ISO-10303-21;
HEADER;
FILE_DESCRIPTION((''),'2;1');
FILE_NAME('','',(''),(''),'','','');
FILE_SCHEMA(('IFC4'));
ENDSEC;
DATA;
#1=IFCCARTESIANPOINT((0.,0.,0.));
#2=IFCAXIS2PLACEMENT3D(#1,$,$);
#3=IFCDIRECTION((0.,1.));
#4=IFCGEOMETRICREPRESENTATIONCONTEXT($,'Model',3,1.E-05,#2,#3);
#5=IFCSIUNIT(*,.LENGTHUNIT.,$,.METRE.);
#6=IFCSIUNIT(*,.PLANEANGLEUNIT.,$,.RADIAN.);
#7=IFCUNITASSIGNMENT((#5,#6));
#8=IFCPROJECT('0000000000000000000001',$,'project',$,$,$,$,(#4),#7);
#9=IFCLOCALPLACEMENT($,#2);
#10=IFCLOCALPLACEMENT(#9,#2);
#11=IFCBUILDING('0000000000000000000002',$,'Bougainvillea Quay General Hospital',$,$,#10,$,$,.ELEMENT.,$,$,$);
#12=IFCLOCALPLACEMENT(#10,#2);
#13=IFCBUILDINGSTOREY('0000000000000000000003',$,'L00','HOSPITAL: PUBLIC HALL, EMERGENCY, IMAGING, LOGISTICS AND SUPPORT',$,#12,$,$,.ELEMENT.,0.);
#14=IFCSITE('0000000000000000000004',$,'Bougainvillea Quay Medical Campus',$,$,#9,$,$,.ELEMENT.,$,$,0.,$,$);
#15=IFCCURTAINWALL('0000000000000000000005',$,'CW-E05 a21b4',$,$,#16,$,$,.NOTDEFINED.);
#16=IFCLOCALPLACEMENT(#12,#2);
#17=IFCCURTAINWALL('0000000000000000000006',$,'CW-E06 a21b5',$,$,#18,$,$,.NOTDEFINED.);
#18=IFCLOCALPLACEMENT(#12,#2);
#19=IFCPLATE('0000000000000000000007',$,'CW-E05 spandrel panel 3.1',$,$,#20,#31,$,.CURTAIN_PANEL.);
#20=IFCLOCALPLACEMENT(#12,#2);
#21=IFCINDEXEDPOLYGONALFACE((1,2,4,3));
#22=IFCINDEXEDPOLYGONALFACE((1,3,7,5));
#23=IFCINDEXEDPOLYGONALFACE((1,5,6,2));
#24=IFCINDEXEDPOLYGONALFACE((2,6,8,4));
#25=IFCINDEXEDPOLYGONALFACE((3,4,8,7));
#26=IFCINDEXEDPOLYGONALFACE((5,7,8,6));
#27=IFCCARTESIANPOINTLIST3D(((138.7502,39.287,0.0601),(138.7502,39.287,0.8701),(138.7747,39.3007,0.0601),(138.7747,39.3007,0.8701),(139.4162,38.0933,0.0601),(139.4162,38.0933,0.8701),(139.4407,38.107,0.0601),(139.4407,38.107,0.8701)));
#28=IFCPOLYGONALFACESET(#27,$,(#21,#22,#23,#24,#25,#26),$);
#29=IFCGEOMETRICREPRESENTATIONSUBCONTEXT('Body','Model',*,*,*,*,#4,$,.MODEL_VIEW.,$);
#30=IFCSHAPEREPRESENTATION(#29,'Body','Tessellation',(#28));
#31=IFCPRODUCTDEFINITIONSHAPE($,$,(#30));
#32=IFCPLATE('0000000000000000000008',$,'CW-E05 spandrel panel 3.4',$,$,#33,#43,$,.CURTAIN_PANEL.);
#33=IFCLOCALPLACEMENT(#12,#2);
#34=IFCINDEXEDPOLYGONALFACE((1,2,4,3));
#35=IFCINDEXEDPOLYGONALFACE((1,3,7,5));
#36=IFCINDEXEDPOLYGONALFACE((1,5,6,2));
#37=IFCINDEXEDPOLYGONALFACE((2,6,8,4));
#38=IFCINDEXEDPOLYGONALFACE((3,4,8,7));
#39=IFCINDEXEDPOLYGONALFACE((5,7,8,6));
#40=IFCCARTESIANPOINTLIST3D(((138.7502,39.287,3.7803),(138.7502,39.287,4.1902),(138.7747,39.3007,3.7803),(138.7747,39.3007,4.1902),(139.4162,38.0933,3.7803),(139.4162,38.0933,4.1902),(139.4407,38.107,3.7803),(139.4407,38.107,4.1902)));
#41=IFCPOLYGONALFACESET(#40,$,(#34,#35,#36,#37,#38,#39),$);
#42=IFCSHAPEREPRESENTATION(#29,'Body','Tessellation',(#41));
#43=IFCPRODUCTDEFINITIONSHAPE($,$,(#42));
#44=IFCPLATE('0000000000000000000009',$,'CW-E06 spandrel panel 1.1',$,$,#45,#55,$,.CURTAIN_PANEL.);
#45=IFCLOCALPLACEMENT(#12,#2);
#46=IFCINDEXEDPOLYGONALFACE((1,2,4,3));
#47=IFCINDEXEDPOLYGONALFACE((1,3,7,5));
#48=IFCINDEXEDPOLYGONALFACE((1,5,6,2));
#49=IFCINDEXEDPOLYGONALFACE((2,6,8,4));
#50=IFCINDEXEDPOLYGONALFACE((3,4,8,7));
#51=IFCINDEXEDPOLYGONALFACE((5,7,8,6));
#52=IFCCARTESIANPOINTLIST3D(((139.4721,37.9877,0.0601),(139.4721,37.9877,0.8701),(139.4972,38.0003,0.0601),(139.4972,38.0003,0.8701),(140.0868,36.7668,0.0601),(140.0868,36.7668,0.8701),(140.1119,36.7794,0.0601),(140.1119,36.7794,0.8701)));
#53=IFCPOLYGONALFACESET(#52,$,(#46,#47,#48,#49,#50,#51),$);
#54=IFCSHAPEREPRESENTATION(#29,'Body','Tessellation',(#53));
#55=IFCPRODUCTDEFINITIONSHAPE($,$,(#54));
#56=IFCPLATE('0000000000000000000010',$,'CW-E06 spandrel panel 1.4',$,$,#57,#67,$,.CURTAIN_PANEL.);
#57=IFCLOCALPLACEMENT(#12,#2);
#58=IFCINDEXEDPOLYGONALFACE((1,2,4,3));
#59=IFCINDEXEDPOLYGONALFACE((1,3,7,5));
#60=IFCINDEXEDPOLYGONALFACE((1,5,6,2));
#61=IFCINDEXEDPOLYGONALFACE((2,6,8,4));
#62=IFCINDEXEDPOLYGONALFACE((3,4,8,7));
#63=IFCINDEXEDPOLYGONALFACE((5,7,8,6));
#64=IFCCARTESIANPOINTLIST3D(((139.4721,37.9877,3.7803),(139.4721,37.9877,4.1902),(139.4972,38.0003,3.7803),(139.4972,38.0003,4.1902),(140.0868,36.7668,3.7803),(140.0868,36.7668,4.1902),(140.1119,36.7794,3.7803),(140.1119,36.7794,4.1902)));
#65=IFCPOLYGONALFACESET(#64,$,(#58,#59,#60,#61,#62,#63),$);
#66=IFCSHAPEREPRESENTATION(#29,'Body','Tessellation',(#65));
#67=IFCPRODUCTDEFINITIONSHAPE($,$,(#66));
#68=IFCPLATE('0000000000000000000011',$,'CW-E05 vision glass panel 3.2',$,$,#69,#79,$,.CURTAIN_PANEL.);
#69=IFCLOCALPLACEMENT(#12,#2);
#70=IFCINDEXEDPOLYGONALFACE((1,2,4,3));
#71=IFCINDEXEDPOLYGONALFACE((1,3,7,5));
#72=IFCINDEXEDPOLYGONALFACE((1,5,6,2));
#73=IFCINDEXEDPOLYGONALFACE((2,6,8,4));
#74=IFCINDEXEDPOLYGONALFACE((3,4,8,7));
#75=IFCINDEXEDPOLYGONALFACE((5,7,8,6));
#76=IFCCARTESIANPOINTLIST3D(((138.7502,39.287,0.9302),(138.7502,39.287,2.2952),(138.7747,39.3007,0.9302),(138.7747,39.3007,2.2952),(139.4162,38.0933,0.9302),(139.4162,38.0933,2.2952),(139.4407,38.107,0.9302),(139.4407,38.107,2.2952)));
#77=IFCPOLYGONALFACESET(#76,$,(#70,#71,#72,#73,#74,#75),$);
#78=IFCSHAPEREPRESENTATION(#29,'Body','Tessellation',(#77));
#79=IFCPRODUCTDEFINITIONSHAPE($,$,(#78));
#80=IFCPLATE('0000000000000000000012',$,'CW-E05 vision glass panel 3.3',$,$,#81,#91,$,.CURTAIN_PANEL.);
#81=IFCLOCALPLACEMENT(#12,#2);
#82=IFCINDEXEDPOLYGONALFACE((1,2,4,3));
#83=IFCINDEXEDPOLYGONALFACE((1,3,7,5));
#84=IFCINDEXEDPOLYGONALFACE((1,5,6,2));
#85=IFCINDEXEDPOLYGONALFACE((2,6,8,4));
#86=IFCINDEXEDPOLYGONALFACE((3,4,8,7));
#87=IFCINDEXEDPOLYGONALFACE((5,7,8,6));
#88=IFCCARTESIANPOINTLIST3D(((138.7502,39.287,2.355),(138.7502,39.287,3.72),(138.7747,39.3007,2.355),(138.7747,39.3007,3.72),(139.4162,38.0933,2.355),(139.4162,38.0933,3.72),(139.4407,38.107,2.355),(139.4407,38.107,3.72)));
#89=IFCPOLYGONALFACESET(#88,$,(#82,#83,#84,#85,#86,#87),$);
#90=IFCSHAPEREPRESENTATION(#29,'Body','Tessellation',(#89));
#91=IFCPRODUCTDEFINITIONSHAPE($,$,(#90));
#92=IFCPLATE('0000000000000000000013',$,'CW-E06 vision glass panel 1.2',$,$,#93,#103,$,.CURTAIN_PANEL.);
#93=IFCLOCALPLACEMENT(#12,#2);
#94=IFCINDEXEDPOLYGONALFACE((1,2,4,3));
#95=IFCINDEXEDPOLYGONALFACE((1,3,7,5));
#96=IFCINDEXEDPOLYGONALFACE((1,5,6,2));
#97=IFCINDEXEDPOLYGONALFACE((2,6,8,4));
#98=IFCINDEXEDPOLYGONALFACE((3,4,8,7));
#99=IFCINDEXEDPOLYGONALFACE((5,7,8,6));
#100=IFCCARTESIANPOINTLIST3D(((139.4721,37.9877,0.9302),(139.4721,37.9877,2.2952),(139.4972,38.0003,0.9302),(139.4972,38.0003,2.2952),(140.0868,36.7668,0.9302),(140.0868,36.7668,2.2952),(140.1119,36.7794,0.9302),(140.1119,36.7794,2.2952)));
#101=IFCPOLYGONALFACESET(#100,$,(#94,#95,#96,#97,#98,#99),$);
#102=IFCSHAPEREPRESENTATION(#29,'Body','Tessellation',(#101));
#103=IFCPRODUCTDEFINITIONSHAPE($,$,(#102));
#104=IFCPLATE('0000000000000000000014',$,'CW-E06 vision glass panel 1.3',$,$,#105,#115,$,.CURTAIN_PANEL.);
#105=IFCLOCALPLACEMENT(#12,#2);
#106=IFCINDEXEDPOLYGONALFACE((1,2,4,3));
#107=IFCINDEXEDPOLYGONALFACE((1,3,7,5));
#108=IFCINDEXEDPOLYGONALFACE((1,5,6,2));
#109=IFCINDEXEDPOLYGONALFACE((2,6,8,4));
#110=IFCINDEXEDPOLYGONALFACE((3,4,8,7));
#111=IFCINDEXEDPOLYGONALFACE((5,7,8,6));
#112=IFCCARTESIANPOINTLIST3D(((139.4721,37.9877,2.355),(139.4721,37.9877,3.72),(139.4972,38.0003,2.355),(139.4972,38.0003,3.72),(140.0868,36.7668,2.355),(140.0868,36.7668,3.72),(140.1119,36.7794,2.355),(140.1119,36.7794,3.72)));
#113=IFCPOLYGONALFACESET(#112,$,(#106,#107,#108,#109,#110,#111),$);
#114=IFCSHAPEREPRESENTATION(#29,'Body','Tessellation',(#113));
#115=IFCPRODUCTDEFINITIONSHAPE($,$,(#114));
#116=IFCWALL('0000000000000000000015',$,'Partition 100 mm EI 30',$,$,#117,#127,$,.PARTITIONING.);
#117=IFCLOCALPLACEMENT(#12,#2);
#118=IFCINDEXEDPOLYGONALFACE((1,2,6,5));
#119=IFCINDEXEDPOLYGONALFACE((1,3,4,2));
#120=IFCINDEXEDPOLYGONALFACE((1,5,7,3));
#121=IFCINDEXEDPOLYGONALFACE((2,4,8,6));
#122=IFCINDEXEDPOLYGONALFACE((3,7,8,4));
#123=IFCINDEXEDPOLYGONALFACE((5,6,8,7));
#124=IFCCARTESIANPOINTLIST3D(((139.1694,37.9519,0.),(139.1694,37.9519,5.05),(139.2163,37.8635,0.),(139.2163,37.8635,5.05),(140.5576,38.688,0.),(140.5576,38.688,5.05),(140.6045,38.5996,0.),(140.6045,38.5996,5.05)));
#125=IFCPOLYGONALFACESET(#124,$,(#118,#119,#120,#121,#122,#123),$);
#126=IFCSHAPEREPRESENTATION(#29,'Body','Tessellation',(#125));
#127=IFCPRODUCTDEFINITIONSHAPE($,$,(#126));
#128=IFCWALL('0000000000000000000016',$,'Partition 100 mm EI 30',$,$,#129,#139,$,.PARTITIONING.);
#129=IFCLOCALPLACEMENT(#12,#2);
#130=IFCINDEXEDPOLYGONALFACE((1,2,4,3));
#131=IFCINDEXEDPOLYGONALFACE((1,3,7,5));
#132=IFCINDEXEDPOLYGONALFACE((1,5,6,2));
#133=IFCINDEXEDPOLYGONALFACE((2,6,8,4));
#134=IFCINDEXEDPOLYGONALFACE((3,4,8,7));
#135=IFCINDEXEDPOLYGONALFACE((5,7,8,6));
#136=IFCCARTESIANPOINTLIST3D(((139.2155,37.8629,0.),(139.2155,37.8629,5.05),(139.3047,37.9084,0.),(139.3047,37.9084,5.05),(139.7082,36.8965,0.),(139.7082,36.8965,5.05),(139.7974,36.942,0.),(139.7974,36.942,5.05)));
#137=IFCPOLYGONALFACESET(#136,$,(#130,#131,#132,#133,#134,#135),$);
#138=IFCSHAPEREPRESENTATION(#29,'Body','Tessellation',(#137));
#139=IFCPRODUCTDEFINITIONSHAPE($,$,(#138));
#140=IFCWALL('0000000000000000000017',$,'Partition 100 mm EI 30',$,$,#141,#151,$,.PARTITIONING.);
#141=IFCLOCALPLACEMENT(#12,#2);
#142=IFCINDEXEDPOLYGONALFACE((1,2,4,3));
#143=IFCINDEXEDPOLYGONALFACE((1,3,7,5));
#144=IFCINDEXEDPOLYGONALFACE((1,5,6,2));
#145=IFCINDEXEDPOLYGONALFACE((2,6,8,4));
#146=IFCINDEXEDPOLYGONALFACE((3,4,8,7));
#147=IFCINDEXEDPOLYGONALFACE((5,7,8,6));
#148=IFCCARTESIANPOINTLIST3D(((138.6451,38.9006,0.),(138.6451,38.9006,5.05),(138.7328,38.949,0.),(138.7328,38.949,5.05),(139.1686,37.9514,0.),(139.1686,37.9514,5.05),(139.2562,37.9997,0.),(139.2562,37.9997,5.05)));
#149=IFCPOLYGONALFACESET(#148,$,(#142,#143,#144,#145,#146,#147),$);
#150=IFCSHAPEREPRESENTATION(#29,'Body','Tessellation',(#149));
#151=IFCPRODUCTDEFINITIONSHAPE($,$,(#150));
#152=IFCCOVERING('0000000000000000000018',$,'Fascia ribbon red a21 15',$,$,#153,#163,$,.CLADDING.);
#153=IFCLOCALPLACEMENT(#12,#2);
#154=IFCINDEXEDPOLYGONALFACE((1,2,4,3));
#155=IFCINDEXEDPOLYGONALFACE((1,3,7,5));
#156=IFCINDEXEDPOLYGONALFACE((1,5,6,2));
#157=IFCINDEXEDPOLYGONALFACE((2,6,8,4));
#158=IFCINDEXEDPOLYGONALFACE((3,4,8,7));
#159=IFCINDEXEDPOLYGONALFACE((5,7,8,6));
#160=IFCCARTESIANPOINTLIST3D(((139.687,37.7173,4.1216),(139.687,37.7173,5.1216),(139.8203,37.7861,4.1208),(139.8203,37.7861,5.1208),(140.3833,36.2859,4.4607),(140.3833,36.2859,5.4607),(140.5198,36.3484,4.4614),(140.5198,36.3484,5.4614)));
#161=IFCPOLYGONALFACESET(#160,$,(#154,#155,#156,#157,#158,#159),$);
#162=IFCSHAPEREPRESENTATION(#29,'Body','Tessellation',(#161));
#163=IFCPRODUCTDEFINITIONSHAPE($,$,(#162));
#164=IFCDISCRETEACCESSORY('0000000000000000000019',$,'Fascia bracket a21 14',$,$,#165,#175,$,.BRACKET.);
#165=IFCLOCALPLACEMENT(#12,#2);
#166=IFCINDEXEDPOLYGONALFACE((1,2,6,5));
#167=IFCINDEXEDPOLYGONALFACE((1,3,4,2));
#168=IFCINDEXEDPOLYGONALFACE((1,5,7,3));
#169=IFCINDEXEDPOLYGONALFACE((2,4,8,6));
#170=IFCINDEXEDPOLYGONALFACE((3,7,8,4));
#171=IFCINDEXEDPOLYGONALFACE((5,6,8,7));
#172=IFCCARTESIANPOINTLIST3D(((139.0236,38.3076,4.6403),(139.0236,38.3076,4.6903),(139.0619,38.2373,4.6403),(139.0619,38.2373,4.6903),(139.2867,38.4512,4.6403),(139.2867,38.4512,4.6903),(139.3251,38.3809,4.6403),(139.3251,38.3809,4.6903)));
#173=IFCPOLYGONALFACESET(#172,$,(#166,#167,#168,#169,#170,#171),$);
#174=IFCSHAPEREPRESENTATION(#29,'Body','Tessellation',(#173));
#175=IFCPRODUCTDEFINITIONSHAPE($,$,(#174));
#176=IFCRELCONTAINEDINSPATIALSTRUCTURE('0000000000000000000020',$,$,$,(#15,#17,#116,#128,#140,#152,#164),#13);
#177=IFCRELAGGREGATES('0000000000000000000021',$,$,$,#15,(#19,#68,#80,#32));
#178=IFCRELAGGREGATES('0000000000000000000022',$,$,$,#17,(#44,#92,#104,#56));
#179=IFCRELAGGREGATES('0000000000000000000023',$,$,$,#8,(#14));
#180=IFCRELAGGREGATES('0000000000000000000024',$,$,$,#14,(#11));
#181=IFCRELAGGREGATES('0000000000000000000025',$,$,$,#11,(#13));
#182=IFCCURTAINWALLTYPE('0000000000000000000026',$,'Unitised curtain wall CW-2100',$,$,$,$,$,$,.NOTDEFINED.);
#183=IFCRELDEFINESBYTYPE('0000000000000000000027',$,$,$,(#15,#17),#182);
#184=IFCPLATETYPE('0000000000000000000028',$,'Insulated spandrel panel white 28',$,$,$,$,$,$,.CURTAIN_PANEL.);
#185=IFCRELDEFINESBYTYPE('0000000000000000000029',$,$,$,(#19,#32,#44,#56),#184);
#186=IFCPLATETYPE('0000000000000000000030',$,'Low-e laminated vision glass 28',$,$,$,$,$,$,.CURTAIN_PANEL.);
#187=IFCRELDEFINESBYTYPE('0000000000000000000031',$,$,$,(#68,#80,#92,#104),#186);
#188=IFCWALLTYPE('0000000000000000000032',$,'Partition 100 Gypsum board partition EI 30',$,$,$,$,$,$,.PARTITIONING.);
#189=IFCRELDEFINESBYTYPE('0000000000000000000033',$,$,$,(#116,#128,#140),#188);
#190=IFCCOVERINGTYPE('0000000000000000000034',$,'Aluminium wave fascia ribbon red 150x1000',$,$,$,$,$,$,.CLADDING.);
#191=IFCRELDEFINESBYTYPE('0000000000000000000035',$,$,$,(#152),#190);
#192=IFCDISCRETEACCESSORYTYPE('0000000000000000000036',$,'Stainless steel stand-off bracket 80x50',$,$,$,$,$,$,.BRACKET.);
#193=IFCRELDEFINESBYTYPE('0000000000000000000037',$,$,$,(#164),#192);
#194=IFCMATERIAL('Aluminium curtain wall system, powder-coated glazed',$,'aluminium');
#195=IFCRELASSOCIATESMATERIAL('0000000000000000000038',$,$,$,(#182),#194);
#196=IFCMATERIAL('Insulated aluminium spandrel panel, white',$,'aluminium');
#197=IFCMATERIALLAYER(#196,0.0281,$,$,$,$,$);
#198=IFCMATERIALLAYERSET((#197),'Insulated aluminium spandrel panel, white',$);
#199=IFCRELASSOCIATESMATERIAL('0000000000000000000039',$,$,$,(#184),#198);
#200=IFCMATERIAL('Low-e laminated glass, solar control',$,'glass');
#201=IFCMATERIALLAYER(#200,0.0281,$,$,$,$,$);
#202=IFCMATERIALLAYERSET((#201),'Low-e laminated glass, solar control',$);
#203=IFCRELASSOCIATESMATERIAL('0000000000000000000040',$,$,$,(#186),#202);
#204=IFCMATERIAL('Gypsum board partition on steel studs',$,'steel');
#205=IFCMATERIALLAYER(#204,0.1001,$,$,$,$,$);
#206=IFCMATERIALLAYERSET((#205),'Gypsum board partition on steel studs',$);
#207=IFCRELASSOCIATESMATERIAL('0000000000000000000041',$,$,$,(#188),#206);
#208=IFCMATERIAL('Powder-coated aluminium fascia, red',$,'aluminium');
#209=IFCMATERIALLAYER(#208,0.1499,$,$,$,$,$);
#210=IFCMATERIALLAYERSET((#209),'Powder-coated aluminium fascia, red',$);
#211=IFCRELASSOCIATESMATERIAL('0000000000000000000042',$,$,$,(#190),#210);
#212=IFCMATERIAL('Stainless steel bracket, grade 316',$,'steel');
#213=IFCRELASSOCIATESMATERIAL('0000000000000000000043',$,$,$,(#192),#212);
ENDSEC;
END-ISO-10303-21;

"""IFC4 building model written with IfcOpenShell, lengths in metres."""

from ifc_helpers import new_model, si_unit, direction, frame, frame_2d, origin, origin_2d, place, context, subcontext, project, spatial, polyline, rectangle, outline, extrude, material, layer, layer_set, material_profile, profile_set, type_object, element, aggregate, save


model = new_model("IFC4")

# Units and contexts
model_context = context("Model", 3, precision=1e-05, world=origin(), true_north=direction((0.0, 1.0)))
body_context = subcontext(model_context, "Body", "Model", "MODEL_VIEW")
ifc_project = project(units=[si_unit("LENGTHUNIT", "METRE"), si_unit("PLANEANGLEUNIT", "RADIAN")], contexts=[model_context])

# Site, building, storey
site_placement = place(None, origin())
site = spatial("IfcSite", under=ifc_project, at=site_placement, Name="Bougainvillea Quay Medical Campus", CompositionType="ELEMENT", RefElevation=0.0)
building_placement = place(site_placement, origin())
building = spatial("IfcBuilding", under=site, at=building_placement, Name="Bougainvillea Quay General Hospital", CompositionType="ELEMENT")
storey_placement = place(building_placement, origin())
storey = spatial("IfcBuildingStorey", under=building, at=storey_placement, Name="L00", Description="HOSPITAL: PUBLIC HALL, EMERGENCY, IMAGING, LOGISTICS AND SUPPORT", CompositionType="ELEMENT", Elevation=0.0)

# Curtain wall
ifc_material_1 = material(Name="Aluminium curtain wall system, powder-coated glazed", Category="aluminium")
curtain_wall_type = type_object("IfcCurtainWallType", Name="Unitised curtain wall CW-2100", PredefinedType="NOTDEFINED", material=ifc_material_1)
curtain_wall_1_placement = place(storey_placement, origin())
curtain_wall_1 = element("IfcCurtainWall", 1, at=curtain_wall_1_placement, inside=storey, type_object=curtain_wall_type, Name="CW-E05 a21b4", PredefinedType="NOTDEFINED")

# Curtain wall
curtain_wall_2_placement = place(storey_placement, origin())
curtain_wall_2 = element("IfcCurtainWall", 2, at=curtain_wall_2_placement, inside=storey, type_object=curtain_wall_type, Name="CW-E06 a21b5", PredefinedType="NOTDEFINED")

# Plates
ifc_material_2 = material(Name="Insulated aluminium spandrel panel, white", Category="aluminium")
ifc_layer_1 = layer(ifc_material_2, 0.0281)
ifc_layer_set_1 = layer_set([ifc_layer_1], Name="Insulated aluminium spandrel panel, white")
plate_type_1 = type_object("IfcPlateType", Name="Insulated spandrel panel white 28", PredefinedType="CURTAIN_PANEL", material=ifc_layer_set_1)
plate_1_placement = place(storey_placement, frame((139.0955, 38.697, 0.0601), z_axis=(0.0, 0.0, 1.0), x_axis=(0.48723, -0.873274, 0.0)))
plate_1 = element("IfcPlate", 3, at=plate_1_placement, type_object=plate_type_1, Name="CW-E05 spandrel panel 3.1", PredefinedType="CURTAIN_PANEL", context=body_context, shape_type="SweptSolid", body=[
    extrude(rectangle(XDim=1.3669, YDim=0.0281, at=origin_2d()), origin(), (0.0, 0.0, 1.0), 0.8101),
])
plate_2_placement = place(storey_placement, frame((139.0955, 38.697, 3.7803), z_axis=(0.0, 0.0, 1.0), x_axis=(0.48723, -0.873274, 0.0)))
plate_2 = element("IfcPlate", 4, at=plate_2_placement, type_object=plate_type_1, Name="CW-E05 spandrel panel 3.4", PredefinedType="CURTAIN_PANEL", context=body_context, shape_type="SweptSolid", body=[
    extrude(rectangle(XDim=1.3669, YDim=0.0281, at=origin_2d()), origin(), (0.0, 0.0, 1.0), 0.4099),
])
plate_3_placement = place(storey_placement, frame((139.792, 37.3835, 0.0601), z_axis=(0.0, 0.0, 1.0), x_axis=(0.449652, -0.893204, 0.0)))
plate_3 = element("IfcPlate", 5, at=plate_3_placement, type_object=plate_type_1, Name="CW-E06 spandrel panel 1.1", PredefinedType="CURTAIN_PANEL", context=body_context, shape_type="SweptSolid", body=[
    extrude(rectangle(XDim=1.3669, YDim=0.0281, at=origin_2d()), origin(), (0.0, 0.0, 1.0), 0.8101),
])
plate_4_placement = place(storey_placement, frame((139.792, 37.3835, 3.7803), z_axis=(0.0, 0.0, 1.0), x_axis=(0.449652, -0.893204, 0.0)))
plate_4 = element("IfcPlate", 6, at=plate_4_placement, type_object=plate_type_1, Name="CW-E06 spandrel panel 1.4", PredefinedType="CURTAIN_PANEL", context=body_context, shape_type="SweptSolid", body=[
    extrude(rectangle(XDim=1.3669, YDim=0.0281, at=origin_2d()), origin(), (0.0, 0.0, 1.0), 0.4099),
])
ifc_material_3 = material(Name="Low-e laminated glass, solar control", Category="glass")
ifc_layer_2 = layer(ifc_material_3, 0.0281)
ifc_layer_set_2 = layer_set([ifc_layer_2], Name="Low-e laminated glass, solar control")
plate_type_2 = type_object("IfcPlateType", Name="Low-e laminated vision glass 28", PredefinedType="CURTAIN_PANEL", material=ifc_layer_set_2)
plate_5_placement = place(storey_placement, frame((139.0955, 38.697, 0.9302), z_axis=(0.0, 0.0, 1.0), x_axis=(0.48723, -0.873274, 0.0)))
plate_5 = element("IfcPlate", 7, at=plate_5_placement, type_object=plate_type_2, Name="CW-E05 vision glass panel 3.2", PredefinedType="CURTAIN_PANEL", context=body_context, shape_type="SweptSolid", body=[
    extrude(rectangle(XDim=1.3669, YDim=0.0281, at=origin_2d()), origin(), (0.0, 0.0, 1.0), 1.365),
])
plate_6_placement = place(storey_placement, frame((139.0955, 38.697, 2.355), z_axis=(0.0, 0.0, 1.0), x_axis=(0.48723, -0.873274, 0.0)))
plate_6 = element("IfcPlate", 8, at=plate_6_placement, type_object=plate_type_2, Name="CW-E05 vision glass panel 3.3", PredefinedType="CURTAIN_PANEL", context=body_context, shape_type="SweptSolid", body=[
    extrude(rectangle(XDim=1.3669, YDim=0.0281, at=origin_2d()), origin(), (0.0, 0.0, 1.0), 1.365),
])
aggregate(curtain_wall_1, [plate_1, plate_5, plate_6, plate_2])
plate_7_placement = place(storey_placement, frame((139.792, 37.3835, 0.9302), z_axis=(0.0, 0.0, 1.0), x_axis=(0.449652, -0.893204, 0.0)))
plate_7 = element("IfcPlate", 9, at=plate_7_placement, type_object=plate_type_2, Name="CW-E06 vision glass panel 1.2", PredefinedType="CURTAIN_PANEL", context=body_context, shape_type="SweptSolid", body=[
    extrude(rectangle(XDim=1.3669, YDim=0.0281, at=origin_2d()), origin(), (0.0, 0.0, 1.0), 1.365),
])
plate_8_placement = place(storey_placement, frame((139.792, 37.3835, 2.355), z_axis=(0.0, 0.0, 1.0), x_axis=(0.449652, -0.893204, 0.0)))
plate_8 = element("IfcPlate", 10, at=plate_8_placement, type_object=plate_type_2, Name="CW-E06 vision glass panel 1.3", PredefinedType="CURTAIN_PANEL", context=body_context, shape_type="SweptSolid", body=[
    extrude(rectangle(XDim=1.3669, YDim=0.0281, at=origin_2d()), origin(), (0.0, 0.0, 1.0), 1.365),
])
aggregate(curtain_wall_2, [plate_3, plate_7, plate_8, plate_4])

# Walls
ifc_material_4 = material(Name="Gypsum board partition on steel studs", Category="steel")
ifc_layer_3 = layer(ifc_material_4, 0.1001)
ifc_layer_set_3 = layer_set([ifc_layer_3], Name="Gypsum board partition on steel studs")
wall_type = type_object("IfcWallType", Name="Partition 100 Gypsum board partition EI 30", PredefinedType="PARTITIONING", material=ifc_layer_set_3)
wall_1_placement = place(storey_placement, frame((139.1929, 37.9077, 0.0), z_axis=(0.0, 0.0, 1.0), x_axis=(0.883482, 0.468466, 0.0)))
element("IfcWall", 11, at=wall_1_placement, inside=storey, type_object=wall_type, Name="Partition 100 mm EI 30", PredefinedType="PARTITIONING", context=body_context, shape_type="SweptSolid", body=[
    extrude(rectangle(XDim=1.5713, YDim=0.1001, at=frame_2d((0.7856, 0.0))), origin(), (0.0, 0.0, 1.0), 5.05),
])
wall_2_placement = place(storey_placement, frame((139.26, 37.8857, 0.0), z_axis=(0.0, 0.0, 1.0), x_axis=(0.454222, -0.890888, 0.0)))
element("IfcWall", 12, at=wall_2_placement, inside=storey, type_object=wall_type, Name="Partition 100 mm EI 30", PredefinedType="PARTITIONING", context=body_context, shape_type="SweptSolid", body=[
    extrude(rectangle(XDim=1.0847, YDim=0.1001, at=frame_2d((0.5425, 0.0))), origin(), (0.0, 0.0, 1.0), 5.05),
])
wall_3_placement = place(storey_placement, frame((138.689, 38.9248, 0.0), z_axis=(0.0, 0.0, 1.0), x_axis=(0.482887, -0.875683, 0.0)))
element("IfcWall", 13, at=wall_3_placement, inside=storey, type_object=wall_type, Name="Partition 100 mm EI 30", PredefinedType="PARTITIONING", context=body_context, shape_type="SweptSolid", body=[
    extrude(rectangle(XDim=1.084, YDim=0.1001, at=frame_2d((0.542, 0.0))), origin(), (0.0, 0.0, 1.0), 5.05),
])

# Covering
ifc_material_5 = material(Name="Powder-coated aluminium fascia, red", Category="aluminium")
ifc_layer_4 = layer(ifc_material_5, 0.1499)
ifc_layer_set_4 = layer_set([ifc_layer_4], Name="Powder-coated aluminium fascia, red")
covering_type = type_object("IfcCoveringType", Name="Aluminium wave fascia ribbon red 150x1000", PredefinedType="CLADDING", material=ifc_layer_set_4)
covering_placement = place(storey_placement, frame((139.687, 37.7173, 4.1216), z_axis=(-0.091206, 0.187328, 0.978054), x_axis=(0.427832, -0.879516, 0.208351)))
element("IfcCovering", 14, at=covering_placement, inside=storey, type_object=covering_type, Name="Fascia ribbon red a21 15", PredefinedType="CLADDING", context=body_context, shape_type="SweptSolid", body=[
    extrude(outline(polyline([(0.0, 0.0), (1.6275, 0.0), (1.6311, 0.1501), (-0.0037, 0.15), (0.0, 0.0)])), origin(), (0.208351, 0.000072, 0.978054), 1.0),
])

# Discrete accessory
ifc_material_6 = material(Name="Stainless steel bracket, grade 316", Category="steel")
ifc_material_profile_1 = material_profile(ifc_material_6, rectangle(XDim=0.0801, YDim=0.05, at=origin_2d()))
ifc_profile_set_1 = profile_set([ifc_material_profile_1], Name="Stainless steel bracket, grade 316")
discrete_accessory_type = type_object("IfcDiscreteAccessoryType", Name="Stainless steel stand-off bracket 80x50", PredefinedType="BRACKET", material=ifc_profile_set_1)
discrete_accessory_placement = place(storey_placement, frame((139.0427, 38.2725, 4.6653), z_axis=(0.877896, 0.478852, 0.0), x_axis=(-0.478852, 0.877896, 0.0)))
element("IfcDiscreteAccessory", 15, at=discrete_accessory_placement, inside=storey, type_object=discrete_accessory_type, Name="Fascia bracket a21 14", PredefinedType="BRACKET", context=body_context, shape_type="SweptSolid", body=[
    extrude(rectangle(XDim=0.0801, YDim=0.05, at=origin_2d()), origin(), (0.0, 0.0, 1.0), 0.2998),
])

save(model, "model.ifc")
